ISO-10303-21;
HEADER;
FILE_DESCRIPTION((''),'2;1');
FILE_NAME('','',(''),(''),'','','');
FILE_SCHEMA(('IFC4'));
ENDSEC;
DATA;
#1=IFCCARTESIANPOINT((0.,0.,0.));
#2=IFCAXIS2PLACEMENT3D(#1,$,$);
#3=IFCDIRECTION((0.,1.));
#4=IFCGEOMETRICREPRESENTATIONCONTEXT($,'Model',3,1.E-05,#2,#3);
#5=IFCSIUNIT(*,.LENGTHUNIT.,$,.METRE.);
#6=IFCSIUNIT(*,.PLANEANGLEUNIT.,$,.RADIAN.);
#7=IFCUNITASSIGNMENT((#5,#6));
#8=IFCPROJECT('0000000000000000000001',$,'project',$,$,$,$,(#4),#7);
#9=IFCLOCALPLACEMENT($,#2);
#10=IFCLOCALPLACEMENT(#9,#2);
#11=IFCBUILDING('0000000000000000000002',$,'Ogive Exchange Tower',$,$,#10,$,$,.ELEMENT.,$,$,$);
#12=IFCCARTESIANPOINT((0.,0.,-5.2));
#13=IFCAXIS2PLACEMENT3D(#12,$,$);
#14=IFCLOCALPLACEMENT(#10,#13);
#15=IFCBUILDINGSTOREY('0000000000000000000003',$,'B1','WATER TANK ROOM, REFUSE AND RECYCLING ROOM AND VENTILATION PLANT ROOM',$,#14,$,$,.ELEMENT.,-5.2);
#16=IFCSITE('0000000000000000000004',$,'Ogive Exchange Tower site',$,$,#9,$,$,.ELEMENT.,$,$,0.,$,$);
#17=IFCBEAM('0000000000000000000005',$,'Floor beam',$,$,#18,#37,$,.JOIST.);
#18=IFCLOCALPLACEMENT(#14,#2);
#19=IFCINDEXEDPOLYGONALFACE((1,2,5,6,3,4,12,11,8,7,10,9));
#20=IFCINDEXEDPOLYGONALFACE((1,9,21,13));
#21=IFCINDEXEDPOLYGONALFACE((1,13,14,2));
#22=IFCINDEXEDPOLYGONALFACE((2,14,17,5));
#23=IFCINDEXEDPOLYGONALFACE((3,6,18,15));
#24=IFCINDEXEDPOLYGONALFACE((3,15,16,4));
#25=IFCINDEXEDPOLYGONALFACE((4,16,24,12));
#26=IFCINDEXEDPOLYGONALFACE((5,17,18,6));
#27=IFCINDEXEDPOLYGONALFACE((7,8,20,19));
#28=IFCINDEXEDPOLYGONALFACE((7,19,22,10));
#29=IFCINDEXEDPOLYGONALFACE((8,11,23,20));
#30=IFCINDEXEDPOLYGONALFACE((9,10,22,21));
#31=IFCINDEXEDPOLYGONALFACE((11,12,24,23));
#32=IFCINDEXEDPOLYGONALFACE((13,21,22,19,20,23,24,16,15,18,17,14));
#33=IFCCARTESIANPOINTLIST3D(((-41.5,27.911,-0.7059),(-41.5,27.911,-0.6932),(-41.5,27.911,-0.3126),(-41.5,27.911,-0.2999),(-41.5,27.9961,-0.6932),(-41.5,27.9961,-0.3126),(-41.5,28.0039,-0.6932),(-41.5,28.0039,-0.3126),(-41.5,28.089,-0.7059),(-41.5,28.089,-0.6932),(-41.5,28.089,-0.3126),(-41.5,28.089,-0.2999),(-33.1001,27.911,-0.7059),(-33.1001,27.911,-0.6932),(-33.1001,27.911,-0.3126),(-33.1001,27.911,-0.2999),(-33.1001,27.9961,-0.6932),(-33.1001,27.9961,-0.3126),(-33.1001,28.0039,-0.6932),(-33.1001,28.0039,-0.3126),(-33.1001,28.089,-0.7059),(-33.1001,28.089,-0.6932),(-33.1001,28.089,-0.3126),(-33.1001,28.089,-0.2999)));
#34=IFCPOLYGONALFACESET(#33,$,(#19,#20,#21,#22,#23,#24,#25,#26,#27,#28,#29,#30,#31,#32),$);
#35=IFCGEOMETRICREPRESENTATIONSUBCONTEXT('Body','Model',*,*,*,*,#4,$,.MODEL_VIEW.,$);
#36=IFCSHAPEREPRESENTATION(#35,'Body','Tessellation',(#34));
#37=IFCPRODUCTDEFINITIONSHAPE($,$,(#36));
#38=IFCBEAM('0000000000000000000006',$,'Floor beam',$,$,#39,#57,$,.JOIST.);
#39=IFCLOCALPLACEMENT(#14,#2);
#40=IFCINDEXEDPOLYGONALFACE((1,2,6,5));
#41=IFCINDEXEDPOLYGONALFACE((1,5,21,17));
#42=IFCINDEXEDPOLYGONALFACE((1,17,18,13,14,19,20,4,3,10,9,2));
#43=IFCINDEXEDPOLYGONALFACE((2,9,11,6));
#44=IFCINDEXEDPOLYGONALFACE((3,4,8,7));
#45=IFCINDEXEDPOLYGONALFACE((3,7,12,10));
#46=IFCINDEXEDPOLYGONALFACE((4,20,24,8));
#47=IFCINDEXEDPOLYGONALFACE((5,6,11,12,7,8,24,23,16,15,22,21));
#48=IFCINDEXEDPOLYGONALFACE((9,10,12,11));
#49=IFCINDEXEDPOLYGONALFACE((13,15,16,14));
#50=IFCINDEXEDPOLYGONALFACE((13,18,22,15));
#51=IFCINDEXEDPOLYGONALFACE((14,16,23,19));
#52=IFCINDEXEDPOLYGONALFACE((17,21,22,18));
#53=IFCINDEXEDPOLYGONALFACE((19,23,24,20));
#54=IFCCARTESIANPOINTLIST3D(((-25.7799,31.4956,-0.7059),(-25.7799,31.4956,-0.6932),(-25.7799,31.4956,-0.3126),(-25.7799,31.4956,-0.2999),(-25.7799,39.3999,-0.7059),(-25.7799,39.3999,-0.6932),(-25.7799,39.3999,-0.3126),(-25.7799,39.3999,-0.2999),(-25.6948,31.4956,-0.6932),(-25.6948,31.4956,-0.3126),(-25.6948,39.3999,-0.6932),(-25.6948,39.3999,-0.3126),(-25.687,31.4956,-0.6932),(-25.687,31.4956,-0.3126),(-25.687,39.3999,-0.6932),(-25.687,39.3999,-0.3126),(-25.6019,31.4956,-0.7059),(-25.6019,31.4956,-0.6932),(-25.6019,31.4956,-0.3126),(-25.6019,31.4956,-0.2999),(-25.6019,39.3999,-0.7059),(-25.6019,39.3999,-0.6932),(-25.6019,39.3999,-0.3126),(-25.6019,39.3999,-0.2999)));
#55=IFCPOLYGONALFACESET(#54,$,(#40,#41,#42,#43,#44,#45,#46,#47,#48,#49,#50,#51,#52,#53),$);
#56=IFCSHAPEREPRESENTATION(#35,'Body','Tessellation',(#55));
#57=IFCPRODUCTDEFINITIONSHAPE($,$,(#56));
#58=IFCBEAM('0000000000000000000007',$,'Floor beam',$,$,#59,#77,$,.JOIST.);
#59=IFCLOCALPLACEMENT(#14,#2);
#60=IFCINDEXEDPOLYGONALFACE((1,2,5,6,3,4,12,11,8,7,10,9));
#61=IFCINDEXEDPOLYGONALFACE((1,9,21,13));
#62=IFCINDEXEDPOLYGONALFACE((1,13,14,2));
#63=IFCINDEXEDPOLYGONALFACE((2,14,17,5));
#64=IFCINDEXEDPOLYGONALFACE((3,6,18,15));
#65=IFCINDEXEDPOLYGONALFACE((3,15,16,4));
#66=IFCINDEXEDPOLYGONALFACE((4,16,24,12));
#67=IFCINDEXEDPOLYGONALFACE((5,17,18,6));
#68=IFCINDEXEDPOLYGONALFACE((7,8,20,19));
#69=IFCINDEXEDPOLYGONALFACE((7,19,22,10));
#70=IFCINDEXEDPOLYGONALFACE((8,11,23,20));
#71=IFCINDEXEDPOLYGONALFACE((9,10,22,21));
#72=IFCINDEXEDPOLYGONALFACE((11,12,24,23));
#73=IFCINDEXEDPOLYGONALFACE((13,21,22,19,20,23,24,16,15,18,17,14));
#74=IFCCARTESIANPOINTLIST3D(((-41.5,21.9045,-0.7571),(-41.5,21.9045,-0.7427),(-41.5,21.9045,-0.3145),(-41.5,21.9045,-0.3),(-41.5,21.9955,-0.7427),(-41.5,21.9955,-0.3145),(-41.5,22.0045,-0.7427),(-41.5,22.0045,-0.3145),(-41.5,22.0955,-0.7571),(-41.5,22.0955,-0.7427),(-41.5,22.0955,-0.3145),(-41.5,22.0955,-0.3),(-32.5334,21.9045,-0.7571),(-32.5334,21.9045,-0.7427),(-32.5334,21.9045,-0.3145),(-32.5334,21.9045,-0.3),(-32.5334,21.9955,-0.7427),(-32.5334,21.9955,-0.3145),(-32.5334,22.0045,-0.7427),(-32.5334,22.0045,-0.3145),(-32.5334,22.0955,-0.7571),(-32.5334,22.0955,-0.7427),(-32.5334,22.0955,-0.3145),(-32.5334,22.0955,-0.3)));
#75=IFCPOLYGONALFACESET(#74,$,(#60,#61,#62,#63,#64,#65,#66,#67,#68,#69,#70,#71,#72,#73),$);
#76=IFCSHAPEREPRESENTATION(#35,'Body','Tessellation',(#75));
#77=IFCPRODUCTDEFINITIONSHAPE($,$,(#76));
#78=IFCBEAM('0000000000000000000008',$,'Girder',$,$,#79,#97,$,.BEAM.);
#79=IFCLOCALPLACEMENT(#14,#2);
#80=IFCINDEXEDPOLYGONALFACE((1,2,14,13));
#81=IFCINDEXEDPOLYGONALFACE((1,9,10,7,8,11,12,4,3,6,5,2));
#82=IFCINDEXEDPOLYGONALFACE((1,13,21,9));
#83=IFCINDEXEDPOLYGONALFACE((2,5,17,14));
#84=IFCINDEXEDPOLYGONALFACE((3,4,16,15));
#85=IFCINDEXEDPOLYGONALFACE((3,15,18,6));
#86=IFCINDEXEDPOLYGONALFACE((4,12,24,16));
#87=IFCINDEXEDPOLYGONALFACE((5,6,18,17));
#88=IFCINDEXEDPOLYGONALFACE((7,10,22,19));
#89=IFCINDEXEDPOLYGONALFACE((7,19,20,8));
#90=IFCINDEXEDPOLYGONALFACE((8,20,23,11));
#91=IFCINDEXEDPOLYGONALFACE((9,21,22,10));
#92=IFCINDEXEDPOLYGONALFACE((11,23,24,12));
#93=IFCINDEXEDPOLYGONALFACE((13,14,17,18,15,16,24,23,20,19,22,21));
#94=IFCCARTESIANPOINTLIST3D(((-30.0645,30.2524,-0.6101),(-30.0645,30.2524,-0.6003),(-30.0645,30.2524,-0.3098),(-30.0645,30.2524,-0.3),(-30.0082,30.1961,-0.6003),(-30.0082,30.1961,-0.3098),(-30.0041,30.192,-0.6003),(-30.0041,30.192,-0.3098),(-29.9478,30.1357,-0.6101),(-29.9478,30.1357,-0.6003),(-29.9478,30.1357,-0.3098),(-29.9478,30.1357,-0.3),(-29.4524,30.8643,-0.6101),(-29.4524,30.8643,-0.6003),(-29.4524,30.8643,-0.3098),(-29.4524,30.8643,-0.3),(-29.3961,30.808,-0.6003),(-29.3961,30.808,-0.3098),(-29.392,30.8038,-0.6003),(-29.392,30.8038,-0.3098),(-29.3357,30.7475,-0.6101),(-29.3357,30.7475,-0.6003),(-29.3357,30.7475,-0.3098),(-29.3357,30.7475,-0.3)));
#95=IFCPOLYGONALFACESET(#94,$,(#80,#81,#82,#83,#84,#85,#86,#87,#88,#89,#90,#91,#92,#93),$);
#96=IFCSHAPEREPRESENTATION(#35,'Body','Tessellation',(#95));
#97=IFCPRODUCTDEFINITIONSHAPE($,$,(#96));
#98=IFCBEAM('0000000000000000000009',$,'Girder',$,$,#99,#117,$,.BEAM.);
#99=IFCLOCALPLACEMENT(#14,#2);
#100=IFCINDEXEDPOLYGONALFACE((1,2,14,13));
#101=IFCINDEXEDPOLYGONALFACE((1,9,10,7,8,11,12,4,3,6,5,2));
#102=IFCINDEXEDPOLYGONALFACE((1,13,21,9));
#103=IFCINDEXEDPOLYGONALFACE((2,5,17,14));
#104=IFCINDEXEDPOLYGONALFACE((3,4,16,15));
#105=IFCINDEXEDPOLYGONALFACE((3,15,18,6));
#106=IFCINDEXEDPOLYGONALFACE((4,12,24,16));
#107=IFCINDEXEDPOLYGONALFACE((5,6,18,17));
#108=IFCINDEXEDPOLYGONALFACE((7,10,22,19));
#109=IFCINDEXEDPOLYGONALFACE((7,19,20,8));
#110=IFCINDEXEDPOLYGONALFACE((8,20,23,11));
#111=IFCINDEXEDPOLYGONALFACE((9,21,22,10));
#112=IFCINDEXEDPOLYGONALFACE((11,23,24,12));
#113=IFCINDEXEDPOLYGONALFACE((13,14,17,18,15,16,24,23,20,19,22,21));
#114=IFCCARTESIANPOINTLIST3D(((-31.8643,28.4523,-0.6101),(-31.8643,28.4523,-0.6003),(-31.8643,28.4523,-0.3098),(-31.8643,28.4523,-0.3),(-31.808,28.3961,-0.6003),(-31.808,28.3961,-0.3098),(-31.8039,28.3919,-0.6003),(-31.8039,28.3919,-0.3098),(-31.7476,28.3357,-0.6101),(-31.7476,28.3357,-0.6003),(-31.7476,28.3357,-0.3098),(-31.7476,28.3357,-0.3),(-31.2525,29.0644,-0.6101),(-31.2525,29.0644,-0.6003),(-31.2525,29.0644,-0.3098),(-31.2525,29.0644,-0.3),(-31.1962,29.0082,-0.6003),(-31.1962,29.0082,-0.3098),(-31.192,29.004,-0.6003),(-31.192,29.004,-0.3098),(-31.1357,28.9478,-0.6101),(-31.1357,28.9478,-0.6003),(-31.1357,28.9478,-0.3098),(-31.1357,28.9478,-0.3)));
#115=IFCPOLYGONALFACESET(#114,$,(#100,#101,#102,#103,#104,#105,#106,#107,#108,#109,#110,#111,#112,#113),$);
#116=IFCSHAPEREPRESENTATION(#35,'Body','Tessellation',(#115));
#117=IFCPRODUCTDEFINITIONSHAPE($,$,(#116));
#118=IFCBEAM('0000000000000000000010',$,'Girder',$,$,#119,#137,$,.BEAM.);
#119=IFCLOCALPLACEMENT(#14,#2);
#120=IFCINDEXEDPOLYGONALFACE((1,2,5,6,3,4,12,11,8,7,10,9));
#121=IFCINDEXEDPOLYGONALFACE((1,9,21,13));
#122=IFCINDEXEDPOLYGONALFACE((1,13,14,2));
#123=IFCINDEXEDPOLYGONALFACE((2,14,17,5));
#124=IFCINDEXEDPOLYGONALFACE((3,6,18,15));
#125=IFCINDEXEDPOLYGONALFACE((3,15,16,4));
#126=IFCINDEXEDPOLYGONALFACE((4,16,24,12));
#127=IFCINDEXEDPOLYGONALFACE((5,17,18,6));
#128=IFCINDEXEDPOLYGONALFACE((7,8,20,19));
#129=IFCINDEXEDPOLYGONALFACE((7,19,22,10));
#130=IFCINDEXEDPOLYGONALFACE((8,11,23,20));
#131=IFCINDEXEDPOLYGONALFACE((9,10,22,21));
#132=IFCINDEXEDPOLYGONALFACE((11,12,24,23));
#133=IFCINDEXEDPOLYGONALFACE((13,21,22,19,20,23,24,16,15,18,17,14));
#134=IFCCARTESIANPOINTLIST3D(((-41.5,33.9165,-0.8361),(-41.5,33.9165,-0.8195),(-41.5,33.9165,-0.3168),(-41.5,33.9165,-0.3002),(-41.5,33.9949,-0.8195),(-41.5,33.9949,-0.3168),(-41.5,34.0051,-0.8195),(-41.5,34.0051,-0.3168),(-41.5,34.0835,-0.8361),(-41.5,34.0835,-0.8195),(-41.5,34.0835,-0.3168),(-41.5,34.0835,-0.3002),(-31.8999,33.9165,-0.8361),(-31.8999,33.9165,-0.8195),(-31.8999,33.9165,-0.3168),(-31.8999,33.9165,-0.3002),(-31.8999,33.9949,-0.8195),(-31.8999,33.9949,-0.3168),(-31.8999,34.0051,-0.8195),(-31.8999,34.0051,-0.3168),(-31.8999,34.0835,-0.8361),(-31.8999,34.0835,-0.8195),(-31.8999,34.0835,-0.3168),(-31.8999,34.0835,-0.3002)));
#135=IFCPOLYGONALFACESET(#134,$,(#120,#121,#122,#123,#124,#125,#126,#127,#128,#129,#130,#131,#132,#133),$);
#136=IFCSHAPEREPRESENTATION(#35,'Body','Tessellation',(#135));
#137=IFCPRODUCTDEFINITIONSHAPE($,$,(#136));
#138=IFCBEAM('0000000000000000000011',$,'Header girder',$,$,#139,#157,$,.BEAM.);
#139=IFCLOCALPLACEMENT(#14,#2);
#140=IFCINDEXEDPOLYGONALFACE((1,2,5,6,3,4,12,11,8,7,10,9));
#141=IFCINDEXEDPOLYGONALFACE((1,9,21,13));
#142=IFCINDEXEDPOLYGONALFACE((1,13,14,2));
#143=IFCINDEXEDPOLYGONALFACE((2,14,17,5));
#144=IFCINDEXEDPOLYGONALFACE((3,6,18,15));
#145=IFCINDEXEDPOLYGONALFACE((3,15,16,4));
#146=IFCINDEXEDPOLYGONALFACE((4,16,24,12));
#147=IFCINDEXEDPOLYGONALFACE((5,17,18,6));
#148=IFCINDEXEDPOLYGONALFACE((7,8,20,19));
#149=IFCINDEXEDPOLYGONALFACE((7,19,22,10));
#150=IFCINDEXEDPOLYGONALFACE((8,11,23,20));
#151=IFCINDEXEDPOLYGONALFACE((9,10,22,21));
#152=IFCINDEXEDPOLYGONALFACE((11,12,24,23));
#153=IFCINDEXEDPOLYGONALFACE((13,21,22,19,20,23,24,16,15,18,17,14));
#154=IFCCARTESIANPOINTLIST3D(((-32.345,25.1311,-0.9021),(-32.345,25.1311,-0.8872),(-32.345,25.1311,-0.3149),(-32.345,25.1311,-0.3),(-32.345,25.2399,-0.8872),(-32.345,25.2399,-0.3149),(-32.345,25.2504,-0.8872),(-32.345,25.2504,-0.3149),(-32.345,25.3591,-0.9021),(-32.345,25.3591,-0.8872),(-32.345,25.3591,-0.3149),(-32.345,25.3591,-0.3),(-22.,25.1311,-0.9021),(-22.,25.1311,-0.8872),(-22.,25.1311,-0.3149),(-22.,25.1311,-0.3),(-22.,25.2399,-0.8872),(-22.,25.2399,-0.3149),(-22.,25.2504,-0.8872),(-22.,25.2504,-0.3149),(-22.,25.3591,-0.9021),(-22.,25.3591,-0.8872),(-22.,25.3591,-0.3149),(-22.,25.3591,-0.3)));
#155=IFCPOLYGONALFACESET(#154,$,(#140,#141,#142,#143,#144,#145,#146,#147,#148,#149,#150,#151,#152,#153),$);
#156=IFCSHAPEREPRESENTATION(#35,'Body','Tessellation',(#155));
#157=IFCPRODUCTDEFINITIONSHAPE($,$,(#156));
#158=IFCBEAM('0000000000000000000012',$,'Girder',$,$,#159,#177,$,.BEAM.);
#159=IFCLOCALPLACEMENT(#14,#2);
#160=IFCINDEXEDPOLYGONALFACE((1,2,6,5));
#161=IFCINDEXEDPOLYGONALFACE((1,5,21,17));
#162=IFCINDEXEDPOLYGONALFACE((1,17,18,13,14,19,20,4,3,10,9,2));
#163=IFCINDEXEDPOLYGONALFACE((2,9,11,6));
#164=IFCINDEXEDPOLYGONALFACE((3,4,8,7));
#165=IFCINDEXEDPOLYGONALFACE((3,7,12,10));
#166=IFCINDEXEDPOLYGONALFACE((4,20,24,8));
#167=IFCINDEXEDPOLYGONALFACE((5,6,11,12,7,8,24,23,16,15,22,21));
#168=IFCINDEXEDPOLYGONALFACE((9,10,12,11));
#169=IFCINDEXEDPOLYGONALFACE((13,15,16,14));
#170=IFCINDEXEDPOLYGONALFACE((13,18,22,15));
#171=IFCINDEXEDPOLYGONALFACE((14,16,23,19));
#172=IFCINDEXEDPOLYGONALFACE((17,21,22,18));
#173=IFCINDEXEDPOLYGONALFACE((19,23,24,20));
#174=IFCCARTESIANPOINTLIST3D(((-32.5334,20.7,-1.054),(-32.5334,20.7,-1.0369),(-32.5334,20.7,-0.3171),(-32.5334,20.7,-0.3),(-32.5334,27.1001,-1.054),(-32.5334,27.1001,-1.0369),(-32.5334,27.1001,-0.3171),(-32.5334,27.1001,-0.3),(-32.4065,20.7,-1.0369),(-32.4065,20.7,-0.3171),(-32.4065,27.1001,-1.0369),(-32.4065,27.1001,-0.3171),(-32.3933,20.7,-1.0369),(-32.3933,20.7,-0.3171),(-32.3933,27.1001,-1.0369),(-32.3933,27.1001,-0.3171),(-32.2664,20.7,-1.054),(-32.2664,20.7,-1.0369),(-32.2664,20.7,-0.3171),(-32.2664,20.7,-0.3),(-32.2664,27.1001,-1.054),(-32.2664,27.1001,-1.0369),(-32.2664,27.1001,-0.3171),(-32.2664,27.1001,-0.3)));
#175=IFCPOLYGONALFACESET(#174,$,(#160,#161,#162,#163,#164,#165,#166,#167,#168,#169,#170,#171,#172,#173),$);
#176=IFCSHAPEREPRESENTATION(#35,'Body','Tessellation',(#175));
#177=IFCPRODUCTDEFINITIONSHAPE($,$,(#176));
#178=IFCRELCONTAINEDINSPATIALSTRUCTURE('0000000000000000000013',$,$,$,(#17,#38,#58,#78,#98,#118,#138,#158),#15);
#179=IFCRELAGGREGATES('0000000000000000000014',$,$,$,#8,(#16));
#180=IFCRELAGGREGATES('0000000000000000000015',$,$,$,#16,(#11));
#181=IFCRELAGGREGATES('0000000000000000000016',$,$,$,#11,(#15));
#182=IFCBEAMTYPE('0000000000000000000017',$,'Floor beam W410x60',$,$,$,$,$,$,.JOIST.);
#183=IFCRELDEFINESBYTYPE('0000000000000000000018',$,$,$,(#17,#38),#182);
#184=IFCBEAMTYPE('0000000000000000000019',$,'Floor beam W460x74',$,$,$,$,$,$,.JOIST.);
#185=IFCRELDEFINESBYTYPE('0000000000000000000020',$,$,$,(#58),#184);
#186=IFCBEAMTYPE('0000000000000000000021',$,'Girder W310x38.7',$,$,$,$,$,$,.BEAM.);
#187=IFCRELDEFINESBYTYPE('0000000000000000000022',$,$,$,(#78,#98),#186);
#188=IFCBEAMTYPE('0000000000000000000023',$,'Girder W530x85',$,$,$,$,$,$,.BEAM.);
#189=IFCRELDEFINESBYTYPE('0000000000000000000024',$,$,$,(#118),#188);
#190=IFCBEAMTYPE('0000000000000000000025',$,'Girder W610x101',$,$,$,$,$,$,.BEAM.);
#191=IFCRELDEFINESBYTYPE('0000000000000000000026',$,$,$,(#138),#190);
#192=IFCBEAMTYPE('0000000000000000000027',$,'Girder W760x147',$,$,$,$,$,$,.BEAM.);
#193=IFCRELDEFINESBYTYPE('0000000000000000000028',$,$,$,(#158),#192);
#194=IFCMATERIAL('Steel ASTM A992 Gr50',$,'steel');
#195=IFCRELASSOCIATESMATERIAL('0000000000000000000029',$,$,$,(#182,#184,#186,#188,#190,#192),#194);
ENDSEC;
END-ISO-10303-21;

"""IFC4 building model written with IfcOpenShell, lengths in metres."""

from ifc_helpers import new_model, si_unit, direction, frame, origin, origin_2d, place, context, subcontext, project, spatial, i_section, extrude, material, material_profile, profile_set, type_object, element, save


model = new_model("IFC4")

# Units and contexts
model_context = context("Model", 3, precision=1e-05, world=origin(), true_north=direction((0.0, 1.0)))
body_context = subcontext(model_context, "Body", "Model", "MODEL_VIEW")
ifc_project = project(units=[si_unit("LENGTHUNIT", "METRE"), si_unit("PLANEANGLEUNIT", "RADIAN")], contexts=[model_context])

# Site, building, storey
site_placement = place(None, origin())
site = spatial("IfcSite", under=ifc_project, at=site_placement, Name="Ogive Exchange Tower site", CompositionType="ELEMENT", RefElevation=0.0)
building_placement = place(site_placement, origin())
building = spatial("IfcBuilding", under=site, at=building_placement, Name="Ogive Exchange Tower", CompositionType="ELEMENT")
storey_placement = place(building_placement, frame((0.0, 0.0, -5.2)))
storey = spatial("IfcBuildingStorey", under=building, at=storey_placement, Name="B1", Description="WATER TANK ROOM, REFUSE AND RECYCLING ROOM AND VENTILATION PLANT ROOM", CompositionType="ELEMENT", Elevation=-5.2)

# Beams
ifc_material_1 = material(Name="Steel ASTM A992 Gr50", Category="steel")
ifc_material_profile_1 = material_profile(ifc_material_1, i_section(OverallWidth=0.178, OverallDepth=0.406, WebThickness=0.0078, FlangeThickness=0.0127, at=origin_2d()), Name="W410x60")
ifc_profile_set_1 = profile_set([ifc_material_profile_1], Name="Steel ASTM A992 Gr50")
beam_type_1 = type_object("IfcBeamType", Name="Floor beam W410x60", PredefinedType="JOIST", material=ifc_profile_set_1)
beam_1_placement = place(storey_placement, frame((-41.5, 28.0, -0.5029), z_axis=(1.0, 0.0, 0.0), x_axis=(0.0, 1.0, 0.0)))
element("IfcBeam", 1, at=beam_1_placement, inside=storey, type_object=beam_type_1, Name="Floor beam", PredefinedType="JOIST", context=body_context, shape_type="SweptSolid", body=[
    extrude(i_section(OverallWidth=0.178, OverallDepth=0.406, WebThickness=0.0078, FlangeThickness=0.0127, at=origin_2d()), origin(), (0.0, 0.0, 1.0), 8.3999),
])
beam_2_placement = place(storey_placement, frame((-25.6909, 31.4956, -0.5029), z_axis=(0.0, 1.0, 0.0), x_axis=(-1.0, 0.0, 0.0)))
element("IfcBeam", 2, at=beam_2_placement, inside=storey, type_object=beam_type_1, Name="Floor beam", PredefinedType="JOIST", context=body_context, shape_type="SweptSolid", body=[
    extrude(i_section(OverallWidth=0.178, OverallDepth=0.406, WebThickness=0.0078, FlangeThickness=0.0127, at=origin_2d()), origin(), (0.0, 0.0, 1.0), 7.9043),
])
ifc_material_profile_2 = material_profile(ifc_material_1, i_section(OverallWidth=0.1909, OverallDepth=0.457, WebThickness=0.009, FlangeThickness=0.0144, at=origin_2d()), Name="W460x74")
ifc_profile_set_2 = profile_set([ifc_material_profile_2], Name="Steel ASTM A992 Gr50")
beam_type_2 = type_object("IfcBeamType", Name="Floor beam W460x74", PredefinedType="JOIST", material=ifc_profile_set_2)
beam_3_placement = place(storey_placement, frame((-41.5, 22.0, -0.5286), z_axis=(1.0, 0.0, 0.0), x_axis=(0.0, 1.0, 0.0)))
element("IfcBeam", 3, at=beam_3_placement, inside=storey, type_object=beam_type_2, Name="Floor beam", PredefinedType="JOIST", context=body_context, shape_type="SweptSolid", body=[
    extrude(i_section(OverallWidth=0.1909, OverallDepth=0.457, WebThickness=0.009, FlangeThickness=0.0144, at=origin_2d()), origin(), (0.0, 0.0, 1.0), 8.9666),
])
ifc_material_profile_3 = material_profile(ifc_material_1, i_section(OverallWidth=0.165, OverallDepth=0.3101, WebThickness=0.0059, FlangeThickness=0.0098, at=origin_2d()), Name="W310x38.7")
ifc_profile_set_3 = profile_set([ifc_material_profile_3], Name="Steel ASTM A992 Gr50")
beam_type_3 = type_object("IfcBeamType", Name="Girder W310x38.7", PredefinedType="BEAM", material=ifc_profile_set_3)
for number, where, z_axis, x_axis, name in (
    (4, (-29.394, 30.8059, -0.4551), (-0.707248, -0.706966, 0.0), (0.706966, -0.707248, 0.0), "Girder"),
    (5, (-31.1941, 29.0061, -0.4551), (-0.706966, -0.707248, 0.0), (0.707248, -0.706966, 0.0), "Girder"),
):
    element("IfcBeam", number, at=place(storey_placement, frame(where, z_axis=z_axis, x_axis=x_axis)), inside=storey, type_object=beam_type_3, Name=name, PredefinedType="BEAM", context=body_context, shape_type="SweptSolid", body=[
        extrude(i_section(OverallWidth=0.165, OverallDepth=0.3101, WebThickness=0.0059, FlangeThickness=0.0098, at=origin_2d()), origin(), (0.0, 0.0, 1.0), 0.8655),
    ])
ifc_material_profile_4 = material_profile(ifc_material_1, i_section(OverallWidth=0.167, OverallDepth=0.5359, WebThickness=0.0103, FlangeThickness=0.0166, at=origin_2d()), Name="W530x85")
ifc_profile_set_4 = profile_set([ifc_material_profile_4], Name="Steel ASTM A992 Gr50")
beam_type_4 = type_object("IfcBeamType", Name="Girder W530x85", PredefinedType="BEAM", material=ifc_profile_set_4)
beam_4_placement = place(storey_placement, frame((-41.5, 34.0, -0.5681), z_axis=(1.0, 0.0, 0.0), x_axis=(0.0, 1.0, 0.0)))
element("IfcBeam", 6, at=beam_4_placement, inside=storey, type_object=beam_type_4, Name="Girder", PredefinedType="BEAM", context=body_context, shape_type="SweptSolid", body=[
    extrude(i_section(OverallWidth=0.167, OverallDepth=0.5359, WebThickness=0.0103, FlangeThickness=0.0166, at=origin_2d()), origin(), (0.0, 0.0, 1.0), 9.6001),
])
ifc_material_profile_5 = material_profile(ifc_material_1, i_section(OverallWidth=0.228, OverallDepth=0.6021, WebThickness=0.0105, FlangeThickness=0.0149, at=origin_2d()), Name="W610x101")
ifc_profile_set_5 = profile_set([ifc_material_profile_5], Name="Steel ASTM A992 Gr50")
beam_type_5 = type_object("IfcBeamType", Name="Girder W610x101", PredefinedType="BEAM", material=ifc_profile_set_5)
beam_5_placement = place(storey_placement, frame((-22.0, 25.2451, -0.6011), z_axis=(-1.0, 0.0, 0.0), x_axis=(0.0, -1.0, 0.0)))
element("IfcBeam", 7, at=beam_5_placement, inside=storey, type_object=beam_type_5, Name="Header girder", PredefinedType="BEAM", context=body_context, shape_type="SweptSolid", body=[
    extrude(i_section(OverallWidth=0.228, OverallDepth=0.6021, WebThickness=0.0105, FlangeThickness=0.0149, at=origin_2d()), origin(), (0.0, 0.0, 1.0), 10.345),
])
ifc_material_profile_6 = material_profile(ifc_material_1, i_section(OverallWidth=0.2671, OverallDepth=0.7539, WebThickness=0.0132, FlangeThickness=0.0171, at=origin_2d()), Name="W760x147")
ifc_profile_set_6 = profile_set([ifc_material_profile_6], Name="Steel ASTM A992 Gr50")
beam_type_6 = type_object("IfcBeamType", Name="Girder W760x147", PredefinedType="BEAM", material=ifc_profile_set_6)
beam_6_placement = place(storey_placement, frame((-32.3999, 27.1001, -0.677), z_axis=(0.0, -1.0, 0.0), x_axis=(1.0, 0.0, 0.0)))
element("IfcBeam", 8, at=beam_6_placement, inside=storey, type_object=beam_type_6, Name="Girder", PredefinedType="BEAM", context=body_context, shape_type="SweptSolid", body=[
    extrude(i_section(OverallWidth=0.2671, OverallDepth=0.7539, WebThickness=0.0132, FlangeThickness=0.0171, at=origin_2d()), origin(), (0.0, 0.0, 1.0), 6.4001),
])

save(model, "model.ifc")
